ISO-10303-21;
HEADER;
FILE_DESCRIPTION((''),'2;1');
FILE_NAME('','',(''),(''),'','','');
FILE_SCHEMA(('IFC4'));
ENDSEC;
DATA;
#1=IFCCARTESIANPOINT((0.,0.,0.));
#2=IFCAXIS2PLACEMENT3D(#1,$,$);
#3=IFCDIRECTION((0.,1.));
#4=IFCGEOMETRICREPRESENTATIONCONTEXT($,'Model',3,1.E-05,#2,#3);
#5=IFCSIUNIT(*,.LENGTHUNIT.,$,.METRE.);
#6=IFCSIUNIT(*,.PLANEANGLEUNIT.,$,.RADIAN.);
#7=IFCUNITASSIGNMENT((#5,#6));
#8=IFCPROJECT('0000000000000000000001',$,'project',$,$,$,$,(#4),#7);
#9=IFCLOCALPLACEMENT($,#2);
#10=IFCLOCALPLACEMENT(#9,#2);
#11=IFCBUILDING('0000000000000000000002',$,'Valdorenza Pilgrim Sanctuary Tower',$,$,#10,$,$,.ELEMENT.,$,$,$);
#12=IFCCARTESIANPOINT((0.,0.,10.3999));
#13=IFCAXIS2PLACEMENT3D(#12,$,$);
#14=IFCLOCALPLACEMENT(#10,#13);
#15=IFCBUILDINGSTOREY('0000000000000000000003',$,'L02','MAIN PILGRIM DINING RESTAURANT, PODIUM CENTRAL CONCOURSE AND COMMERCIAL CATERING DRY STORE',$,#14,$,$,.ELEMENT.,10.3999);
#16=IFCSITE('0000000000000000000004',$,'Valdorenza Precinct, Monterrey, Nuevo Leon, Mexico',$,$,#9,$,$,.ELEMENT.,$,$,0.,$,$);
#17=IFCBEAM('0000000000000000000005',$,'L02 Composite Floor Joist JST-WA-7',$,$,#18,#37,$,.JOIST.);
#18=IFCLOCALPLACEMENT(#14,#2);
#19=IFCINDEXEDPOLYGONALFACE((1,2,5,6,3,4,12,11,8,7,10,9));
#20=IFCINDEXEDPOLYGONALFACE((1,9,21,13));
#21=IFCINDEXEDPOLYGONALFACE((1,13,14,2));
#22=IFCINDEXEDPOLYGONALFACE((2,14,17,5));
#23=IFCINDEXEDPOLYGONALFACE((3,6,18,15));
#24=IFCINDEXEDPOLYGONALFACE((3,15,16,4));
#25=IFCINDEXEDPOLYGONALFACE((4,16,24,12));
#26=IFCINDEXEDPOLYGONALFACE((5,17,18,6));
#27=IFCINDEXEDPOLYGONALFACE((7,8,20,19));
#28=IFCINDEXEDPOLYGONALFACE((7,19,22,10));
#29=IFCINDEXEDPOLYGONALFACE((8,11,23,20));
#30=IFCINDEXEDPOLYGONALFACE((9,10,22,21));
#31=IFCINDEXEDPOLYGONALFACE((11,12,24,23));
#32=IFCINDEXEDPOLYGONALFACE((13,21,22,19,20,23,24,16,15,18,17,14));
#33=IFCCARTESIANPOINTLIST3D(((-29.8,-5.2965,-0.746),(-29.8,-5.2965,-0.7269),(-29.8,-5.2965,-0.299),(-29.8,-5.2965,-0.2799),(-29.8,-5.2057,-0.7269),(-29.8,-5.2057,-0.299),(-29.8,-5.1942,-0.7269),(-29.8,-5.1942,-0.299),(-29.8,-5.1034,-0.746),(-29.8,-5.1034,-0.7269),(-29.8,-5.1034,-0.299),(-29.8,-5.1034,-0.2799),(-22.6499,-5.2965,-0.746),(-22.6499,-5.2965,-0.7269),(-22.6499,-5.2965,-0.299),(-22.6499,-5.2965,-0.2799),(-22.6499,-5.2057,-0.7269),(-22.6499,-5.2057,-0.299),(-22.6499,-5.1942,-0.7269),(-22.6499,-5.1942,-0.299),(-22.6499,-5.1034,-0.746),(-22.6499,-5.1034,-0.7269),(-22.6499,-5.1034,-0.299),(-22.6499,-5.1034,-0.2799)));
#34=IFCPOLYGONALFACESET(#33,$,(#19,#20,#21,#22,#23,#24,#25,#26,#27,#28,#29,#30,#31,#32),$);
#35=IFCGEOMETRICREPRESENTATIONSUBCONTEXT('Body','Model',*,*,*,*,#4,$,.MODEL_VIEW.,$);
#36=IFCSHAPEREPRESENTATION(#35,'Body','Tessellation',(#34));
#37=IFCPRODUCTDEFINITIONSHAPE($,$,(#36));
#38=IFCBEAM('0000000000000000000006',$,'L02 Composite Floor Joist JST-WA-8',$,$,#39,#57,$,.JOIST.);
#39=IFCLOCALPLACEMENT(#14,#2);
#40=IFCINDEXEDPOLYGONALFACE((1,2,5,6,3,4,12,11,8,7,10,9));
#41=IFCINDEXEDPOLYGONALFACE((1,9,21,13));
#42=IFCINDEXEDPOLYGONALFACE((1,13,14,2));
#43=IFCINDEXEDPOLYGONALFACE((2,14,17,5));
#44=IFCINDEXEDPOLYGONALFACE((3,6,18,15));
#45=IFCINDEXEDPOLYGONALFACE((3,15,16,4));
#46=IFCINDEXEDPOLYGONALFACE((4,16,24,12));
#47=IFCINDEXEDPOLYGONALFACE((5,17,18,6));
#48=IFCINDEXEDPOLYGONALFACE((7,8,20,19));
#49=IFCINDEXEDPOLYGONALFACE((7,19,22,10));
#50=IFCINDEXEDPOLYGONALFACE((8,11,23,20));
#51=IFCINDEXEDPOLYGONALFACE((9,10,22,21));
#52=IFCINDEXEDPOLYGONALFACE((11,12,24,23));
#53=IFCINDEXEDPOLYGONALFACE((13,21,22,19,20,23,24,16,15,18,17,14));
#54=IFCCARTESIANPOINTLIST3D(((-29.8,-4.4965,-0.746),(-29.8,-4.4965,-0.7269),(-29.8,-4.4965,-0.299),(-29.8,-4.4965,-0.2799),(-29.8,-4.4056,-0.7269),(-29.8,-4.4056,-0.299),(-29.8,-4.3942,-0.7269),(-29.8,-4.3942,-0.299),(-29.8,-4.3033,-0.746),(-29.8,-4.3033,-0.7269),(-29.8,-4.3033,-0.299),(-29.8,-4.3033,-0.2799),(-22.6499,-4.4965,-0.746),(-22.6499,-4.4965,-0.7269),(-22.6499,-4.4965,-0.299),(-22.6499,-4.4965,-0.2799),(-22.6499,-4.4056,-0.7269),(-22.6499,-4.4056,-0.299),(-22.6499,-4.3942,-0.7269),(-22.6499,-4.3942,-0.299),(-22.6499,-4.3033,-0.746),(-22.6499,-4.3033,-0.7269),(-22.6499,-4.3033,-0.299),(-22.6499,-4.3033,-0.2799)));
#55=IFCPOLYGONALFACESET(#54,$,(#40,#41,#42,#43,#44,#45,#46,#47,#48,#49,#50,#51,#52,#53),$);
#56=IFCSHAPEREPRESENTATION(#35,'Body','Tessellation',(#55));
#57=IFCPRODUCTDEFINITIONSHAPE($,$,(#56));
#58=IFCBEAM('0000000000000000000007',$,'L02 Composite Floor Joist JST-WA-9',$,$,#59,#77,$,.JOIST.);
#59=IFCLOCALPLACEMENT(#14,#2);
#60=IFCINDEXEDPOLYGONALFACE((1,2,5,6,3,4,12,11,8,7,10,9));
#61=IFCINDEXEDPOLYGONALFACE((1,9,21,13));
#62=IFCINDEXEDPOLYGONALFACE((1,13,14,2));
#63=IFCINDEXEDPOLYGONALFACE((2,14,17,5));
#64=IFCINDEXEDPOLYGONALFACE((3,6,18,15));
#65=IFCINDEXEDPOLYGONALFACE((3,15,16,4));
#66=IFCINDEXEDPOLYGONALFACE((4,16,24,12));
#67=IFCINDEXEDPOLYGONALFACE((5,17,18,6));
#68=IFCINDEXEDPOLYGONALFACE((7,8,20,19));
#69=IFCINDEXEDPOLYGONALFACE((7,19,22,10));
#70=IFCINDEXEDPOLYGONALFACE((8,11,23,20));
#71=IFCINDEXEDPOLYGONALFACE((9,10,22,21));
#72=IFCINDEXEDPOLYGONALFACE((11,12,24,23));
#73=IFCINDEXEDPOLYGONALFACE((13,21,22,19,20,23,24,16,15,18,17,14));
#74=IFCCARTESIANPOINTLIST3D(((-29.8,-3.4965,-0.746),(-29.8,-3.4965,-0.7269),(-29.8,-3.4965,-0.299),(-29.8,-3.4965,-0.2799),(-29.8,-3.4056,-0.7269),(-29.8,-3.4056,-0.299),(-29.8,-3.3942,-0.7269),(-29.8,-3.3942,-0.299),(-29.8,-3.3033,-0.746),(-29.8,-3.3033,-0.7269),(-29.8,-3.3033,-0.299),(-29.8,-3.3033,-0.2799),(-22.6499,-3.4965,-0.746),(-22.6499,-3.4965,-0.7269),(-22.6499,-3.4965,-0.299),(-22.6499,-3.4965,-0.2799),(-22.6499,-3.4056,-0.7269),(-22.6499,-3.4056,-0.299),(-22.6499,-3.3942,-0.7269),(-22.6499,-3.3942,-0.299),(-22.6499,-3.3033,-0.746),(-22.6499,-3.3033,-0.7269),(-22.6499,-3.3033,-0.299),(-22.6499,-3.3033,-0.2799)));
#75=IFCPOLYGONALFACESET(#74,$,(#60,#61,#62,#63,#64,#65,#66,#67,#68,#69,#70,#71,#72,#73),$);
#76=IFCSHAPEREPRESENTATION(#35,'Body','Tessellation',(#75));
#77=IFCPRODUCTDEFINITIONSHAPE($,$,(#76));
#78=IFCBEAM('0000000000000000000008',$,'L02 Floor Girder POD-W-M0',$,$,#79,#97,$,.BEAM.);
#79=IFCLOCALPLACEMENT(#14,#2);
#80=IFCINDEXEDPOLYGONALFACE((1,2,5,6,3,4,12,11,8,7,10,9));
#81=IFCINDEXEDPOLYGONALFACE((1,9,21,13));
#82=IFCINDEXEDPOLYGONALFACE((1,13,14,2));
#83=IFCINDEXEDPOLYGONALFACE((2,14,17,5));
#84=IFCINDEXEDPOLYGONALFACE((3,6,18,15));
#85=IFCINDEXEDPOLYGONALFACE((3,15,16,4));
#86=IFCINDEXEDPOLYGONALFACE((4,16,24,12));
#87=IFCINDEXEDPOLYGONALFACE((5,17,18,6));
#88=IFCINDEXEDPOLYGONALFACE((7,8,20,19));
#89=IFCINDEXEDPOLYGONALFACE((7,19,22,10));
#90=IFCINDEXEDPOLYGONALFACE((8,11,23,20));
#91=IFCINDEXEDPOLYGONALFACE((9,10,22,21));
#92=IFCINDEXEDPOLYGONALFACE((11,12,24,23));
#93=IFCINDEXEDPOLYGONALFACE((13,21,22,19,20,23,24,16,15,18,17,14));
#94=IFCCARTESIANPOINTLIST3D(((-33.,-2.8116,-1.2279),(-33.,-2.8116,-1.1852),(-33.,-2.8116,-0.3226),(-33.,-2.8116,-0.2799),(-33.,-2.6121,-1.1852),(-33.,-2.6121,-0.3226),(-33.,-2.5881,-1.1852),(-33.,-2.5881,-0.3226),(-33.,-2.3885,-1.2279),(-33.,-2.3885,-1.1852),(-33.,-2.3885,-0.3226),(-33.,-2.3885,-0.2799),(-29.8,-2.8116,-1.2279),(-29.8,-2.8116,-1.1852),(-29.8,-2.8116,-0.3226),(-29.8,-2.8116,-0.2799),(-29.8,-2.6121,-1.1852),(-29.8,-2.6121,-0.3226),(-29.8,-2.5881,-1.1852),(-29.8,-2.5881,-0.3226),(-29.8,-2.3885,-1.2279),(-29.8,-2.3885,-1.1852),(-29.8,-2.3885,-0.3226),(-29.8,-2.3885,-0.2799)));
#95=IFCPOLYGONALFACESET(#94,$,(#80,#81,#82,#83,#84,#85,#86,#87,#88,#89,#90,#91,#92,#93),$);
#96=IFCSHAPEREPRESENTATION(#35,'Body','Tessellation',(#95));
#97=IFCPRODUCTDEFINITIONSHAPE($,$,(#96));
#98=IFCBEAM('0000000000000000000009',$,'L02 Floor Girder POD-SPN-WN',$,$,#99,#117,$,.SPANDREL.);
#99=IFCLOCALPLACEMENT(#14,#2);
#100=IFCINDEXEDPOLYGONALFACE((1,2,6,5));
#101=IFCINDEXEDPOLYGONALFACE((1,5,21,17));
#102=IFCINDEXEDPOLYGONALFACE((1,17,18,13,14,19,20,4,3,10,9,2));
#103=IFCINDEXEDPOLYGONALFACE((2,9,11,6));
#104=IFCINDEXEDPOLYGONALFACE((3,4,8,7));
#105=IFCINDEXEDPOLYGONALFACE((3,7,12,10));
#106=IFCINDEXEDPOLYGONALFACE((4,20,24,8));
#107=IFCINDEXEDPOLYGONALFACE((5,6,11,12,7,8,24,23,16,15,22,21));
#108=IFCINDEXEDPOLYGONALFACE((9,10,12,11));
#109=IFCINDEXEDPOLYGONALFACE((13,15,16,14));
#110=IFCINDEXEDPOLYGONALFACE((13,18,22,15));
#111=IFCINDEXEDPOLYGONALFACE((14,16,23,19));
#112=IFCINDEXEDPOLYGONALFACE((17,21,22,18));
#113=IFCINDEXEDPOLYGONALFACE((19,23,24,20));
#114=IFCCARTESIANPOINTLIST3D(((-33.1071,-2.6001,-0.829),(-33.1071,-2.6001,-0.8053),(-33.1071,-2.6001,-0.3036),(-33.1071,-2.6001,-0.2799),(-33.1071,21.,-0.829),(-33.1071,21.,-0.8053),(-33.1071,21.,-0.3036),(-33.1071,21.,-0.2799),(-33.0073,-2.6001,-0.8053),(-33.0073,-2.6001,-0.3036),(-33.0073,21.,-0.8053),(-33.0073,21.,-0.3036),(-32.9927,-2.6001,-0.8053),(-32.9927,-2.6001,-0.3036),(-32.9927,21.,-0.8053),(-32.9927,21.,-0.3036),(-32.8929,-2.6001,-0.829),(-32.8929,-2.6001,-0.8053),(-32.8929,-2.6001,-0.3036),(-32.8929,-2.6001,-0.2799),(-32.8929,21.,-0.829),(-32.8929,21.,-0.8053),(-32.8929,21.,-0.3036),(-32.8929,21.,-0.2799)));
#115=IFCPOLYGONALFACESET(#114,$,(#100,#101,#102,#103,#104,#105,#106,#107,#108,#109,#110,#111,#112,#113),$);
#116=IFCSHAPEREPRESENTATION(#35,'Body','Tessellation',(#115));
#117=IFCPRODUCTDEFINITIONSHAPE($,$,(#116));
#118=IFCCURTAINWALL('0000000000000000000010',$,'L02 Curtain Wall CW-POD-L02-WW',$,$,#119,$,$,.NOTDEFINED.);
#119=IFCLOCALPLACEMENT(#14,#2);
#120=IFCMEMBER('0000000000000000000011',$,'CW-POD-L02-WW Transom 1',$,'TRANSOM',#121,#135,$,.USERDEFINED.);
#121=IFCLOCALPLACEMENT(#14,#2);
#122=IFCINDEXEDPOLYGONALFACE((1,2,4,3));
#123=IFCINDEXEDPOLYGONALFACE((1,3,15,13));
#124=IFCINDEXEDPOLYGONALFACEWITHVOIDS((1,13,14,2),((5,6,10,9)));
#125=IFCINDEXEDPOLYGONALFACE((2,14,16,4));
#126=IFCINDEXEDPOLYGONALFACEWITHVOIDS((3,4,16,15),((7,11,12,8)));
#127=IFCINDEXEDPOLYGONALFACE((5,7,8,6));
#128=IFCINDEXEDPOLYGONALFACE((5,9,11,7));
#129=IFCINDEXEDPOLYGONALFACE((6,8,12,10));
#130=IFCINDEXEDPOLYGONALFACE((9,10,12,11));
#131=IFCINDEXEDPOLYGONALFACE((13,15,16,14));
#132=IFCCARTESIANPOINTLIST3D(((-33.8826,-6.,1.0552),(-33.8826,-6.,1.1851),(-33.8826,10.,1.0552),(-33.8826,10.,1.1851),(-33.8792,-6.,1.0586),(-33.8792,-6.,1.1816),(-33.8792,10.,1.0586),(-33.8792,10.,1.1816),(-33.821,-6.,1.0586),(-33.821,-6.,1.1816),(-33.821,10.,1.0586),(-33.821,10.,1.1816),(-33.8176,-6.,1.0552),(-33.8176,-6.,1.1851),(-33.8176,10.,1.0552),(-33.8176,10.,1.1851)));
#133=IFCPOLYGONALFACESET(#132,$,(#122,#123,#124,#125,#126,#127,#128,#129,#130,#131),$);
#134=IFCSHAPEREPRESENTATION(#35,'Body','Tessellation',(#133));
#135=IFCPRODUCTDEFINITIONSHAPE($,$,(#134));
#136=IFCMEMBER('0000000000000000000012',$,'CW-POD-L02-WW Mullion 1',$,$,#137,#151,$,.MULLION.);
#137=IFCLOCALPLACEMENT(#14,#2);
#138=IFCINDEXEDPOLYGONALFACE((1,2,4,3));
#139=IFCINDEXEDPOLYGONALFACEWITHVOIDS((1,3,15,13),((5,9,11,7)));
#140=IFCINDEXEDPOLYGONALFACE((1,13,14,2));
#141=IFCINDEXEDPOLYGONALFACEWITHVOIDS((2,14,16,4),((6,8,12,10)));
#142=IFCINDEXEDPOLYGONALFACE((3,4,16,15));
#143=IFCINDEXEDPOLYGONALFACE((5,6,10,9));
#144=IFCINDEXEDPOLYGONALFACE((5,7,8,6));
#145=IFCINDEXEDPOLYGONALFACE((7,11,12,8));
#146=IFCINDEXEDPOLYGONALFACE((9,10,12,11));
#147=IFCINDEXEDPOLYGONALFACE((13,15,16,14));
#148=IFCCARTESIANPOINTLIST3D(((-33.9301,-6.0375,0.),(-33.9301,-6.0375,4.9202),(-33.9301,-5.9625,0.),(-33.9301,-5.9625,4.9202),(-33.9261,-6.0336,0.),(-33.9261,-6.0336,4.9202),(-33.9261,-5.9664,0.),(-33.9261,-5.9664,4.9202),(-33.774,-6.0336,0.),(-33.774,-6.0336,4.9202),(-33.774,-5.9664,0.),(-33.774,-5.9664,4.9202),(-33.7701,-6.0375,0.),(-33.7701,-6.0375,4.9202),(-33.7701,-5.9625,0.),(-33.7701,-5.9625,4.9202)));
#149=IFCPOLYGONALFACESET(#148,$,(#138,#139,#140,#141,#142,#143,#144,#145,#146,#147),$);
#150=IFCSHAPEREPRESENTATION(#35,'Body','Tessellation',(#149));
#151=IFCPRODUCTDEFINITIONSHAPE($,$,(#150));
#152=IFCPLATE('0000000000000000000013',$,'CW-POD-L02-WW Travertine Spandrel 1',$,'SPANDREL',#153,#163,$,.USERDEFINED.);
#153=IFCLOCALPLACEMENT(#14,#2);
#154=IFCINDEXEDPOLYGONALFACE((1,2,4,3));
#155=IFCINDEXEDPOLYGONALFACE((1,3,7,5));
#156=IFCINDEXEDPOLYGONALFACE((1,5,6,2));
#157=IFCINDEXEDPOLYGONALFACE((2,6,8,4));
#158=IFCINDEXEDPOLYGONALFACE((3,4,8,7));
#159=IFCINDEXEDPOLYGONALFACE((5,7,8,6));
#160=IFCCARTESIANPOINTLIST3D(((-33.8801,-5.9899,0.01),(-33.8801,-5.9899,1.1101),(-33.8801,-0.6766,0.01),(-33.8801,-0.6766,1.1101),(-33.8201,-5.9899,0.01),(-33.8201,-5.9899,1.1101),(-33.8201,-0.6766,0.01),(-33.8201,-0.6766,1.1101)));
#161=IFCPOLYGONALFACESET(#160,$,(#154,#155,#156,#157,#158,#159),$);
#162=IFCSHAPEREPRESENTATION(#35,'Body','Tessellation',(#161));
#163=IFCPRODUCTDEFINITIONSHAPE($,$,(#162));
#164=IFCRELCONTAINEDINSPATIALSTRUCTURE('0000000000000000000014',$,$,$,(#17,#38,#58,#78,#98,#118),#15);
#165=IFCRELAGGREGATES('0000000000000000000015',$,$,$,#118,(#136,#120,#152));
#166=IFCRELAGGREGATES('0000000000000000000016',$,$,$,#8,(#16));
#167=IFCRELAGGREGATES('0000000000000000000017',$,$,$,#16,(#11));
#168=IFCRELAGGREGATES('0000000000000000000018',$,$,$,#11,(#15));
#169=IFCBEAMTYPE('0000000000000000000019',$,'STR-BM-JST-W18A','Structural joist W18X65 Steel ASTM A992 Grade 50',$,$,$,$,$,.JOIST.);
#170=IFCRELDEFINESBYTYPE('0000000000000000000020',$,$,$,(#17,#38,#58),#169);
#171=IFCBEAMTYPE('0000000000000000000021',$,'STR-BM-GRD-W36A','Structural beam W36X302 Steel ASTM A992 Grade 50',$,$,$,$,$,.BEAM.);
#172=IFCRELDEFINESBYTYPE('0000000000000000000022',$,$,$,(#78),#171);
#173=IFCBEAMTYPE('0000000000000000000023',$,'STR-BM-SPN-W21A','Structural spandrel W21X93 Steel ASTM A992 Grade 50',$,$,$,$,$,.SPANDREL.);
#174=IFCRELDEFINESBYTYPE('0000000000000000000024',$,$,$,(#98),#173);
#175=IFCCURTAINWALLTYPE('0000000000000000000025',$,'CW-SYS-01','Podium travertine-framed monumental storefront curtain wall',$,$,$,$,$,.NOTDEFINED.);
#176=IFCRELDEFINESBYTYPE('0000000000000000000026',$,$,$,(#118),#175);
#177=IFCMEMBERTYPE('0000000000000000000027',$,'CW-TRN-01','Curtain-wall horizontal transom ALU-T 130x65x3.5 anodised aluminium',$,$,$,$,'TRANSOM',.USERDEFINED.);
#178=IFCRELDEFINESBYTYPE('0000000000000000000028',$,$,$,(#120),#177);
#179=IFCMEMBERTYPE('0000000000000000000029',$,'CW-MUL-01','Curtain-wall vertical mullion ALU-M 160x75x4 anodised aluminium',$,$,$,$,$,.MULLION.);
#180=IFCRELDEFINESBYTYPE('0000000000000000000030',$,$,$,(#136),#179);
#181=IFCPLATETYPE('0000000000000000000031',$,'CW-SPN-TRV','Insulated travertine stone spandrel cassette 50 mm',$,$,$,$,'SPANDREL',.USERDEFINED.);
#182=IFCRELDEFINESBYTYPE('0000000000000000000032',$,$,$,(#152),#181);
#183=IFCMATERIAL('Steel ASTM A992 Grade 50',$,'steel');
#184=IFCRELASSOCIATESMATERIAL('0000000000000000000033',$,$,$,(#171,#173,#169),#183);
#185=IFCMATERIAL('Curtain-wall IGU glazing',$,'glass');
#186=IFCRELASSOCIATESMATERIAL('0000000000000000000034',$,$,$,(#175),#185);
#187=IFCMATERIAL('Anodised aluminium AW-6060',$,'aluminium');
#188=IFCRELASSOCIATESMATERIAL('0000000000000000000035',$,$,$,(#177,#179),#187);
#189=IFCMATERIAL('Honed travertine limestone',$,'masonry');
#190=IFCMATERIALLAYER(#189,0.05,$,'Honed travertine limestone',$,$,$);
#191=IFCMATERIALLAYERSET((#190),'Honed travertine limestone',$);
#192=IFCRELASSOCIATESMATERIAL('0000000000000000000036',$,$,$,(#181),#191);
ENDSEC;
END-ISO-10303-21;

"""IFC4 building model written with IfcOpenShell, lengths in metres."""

from ifc_helpers import new_model, si_unit, direction, frame, origin, origin_2d, place, context, subcontext, project, spatial, rectangle, hollow_rectangle, i_section, extrude, source, transform, mapped, material, layer, layer_set, material_profile, profile_set, type_object, element, aggregate, save


model = new_model("IFC4")

# Units and contexts
model_context = context("Model", 3, precision=1e-05, world=origin(), true_north=direction((0.0, 1.0)))
body_context = subcontext(model_context, "Body", "Model", "MODEL_VIEW")
ifc_project = project(units=[si_unit("LENGTHUNIT", "METRE"), si_unit("PLANEANGLEUNIT", "RADIAN")], contexts=[model_context])

# Site, building, storey
site_placement = place(None, origin())
site = spatial("IfcSite", under=ifc_project, at=site_placement, Name="Valdorenza Precinct, Monterrey, Nuevo Leon, Mexico", CompositionType="ELEMENT", RefElevation=0.0)
building_placement = place(site_placement, origin())
building = spatial("IfcBuilding", under=site, at=building_placement, Name="Valdorenza Pilgrim Sanctuary Tower", CompositionType="ELEMENT")
storey_placement = place(building_placement, frame((0.0, 0.0, 10.3999)))
storey = spatial("IfcBuildingStorey", under=building, at=storey_placement, Name="L02", Description="MAIN PILGRIM DINING RESTAURANT, PODIUM CENTRAL CONCOURSE AND COMMERCIAL CATERING DRY STORE", CompositionType="ELEMENT", Elevation=10.3999)

# Beams
ifc_material_1 = material(Name="Steel ASTM A992 Grade 50", Category="steel")
ifc_material_profile_1 = material_profile(ifc_material_1, i_section(OverallWidth=0.4231, OverallDepth=0.948, WebThickness=0.0239, FlangeThickness=0.0427, at=origin_2d()), Name="W36X302")
ifc_profile_set_1 = profile_set([ifc_material_profile_1], Name="Steel ASTM A992 Grade 50")
beam_type_1 = type_object("IfcBeamType", Name="STR-BM-GRD-W36A", Description="Structural beam W36X302 Steel ASTM A992 Grade 50", PredefinedType="BEAM", material=ifc_profile_set_1)
ifc_material_profile_2 = material_profile(ifc_material_1, i_section(OverallWidth=0.2141, OverallDepth=0.5491, WebThickness=0.0146, FlangeThickness=0.0237, at=origin_2d()), Name="W21X93")
ifc_profile_set_2 = profile_set([ifc_material_profile_2], Name="Steel ASTM A992 Grade 50")
beam_type_2 = type_object("IfcBeamType", Name="STR-BM-SPN-W21A", Description="Structural spandrel W21X93 Steel ASTM A992 Grade 50", PredefinedType="SPANDREL", material=ifc_profile_set_2)
ifc_material_profile_3 = material_profile(ifc_material_1, i_section(OverallWidth=0.1931, OverallDepth=0.4661, WebThickness=0.0115, FlangeThickness=0.019, at=origin_2d()), Name="W18X65")
ifc_profile_set_3 = profile_set([ifc_material_profile_3], Name="Steel ASTM A992 Grade 50")
beam_type_3 = type_object("IfcBeamType", Name="STR-BM-JST-W18A", Description="Structural joist W18X65 Steel ASTM A992 Grade 50", PredefinedType="JOIST", material=ifc_profile_set_3)
shared_shape_1 = source(origin(), body_context, "Body", "SweptSolid", [
    extrude(i_section(OverallWidth=0.1931, OverallDepth=0.4661, WebThickness=0.0115, FlangeThickness=0.019, at=origin_2d()), origin(), (0.0, 0.0, 1.0), 7.1501),
])
for number, where, z_axis, x_axis, name in (
    (1, (-29.8, -5.2, -0.5129), (1.0, 0.0, 0.0), (0.0, 1.0, 0.0), "L02 Composite Floor Joist JST-WA-7"),
    (2, (-29.8, -4.3999, -0.5129), (1.0, 0.0, 0.0), (0.0, 1.0, 0.0), "L02 Composite Floor Joist JST-WA-8"),
    (3, (-29.8, -3.3999, -0.5129), (1.0, 0.0, 0.0), (0.0, 1.0, 0.0), "L02 Composite Floor Joist JST-WA-9"),
):
    element("IfcBeam", number, at=place(storey_placement, frame(where, z_axis=z_axis, x_axis=x_axis)), inside=storey, type_object=beam_type_3, Name=name, PredefinedType="JOIST", context=body_context, shape_type="MappedRepresentation", body=[
        mapped(shared_shape_1, transform((0.0, 0.0, 0.0), x_axis=(1.0, 0.0, 0.0), y_axis=(0.0, 1.0, 0.0), z_axis=(0.0, 0.0, 1.0), scale=1.0)),
    ])
shared_shape_2 = source(origin(), body_context, "Body", "SweptSolid", [
    extrude(i_section(OverallWidth=0.4231, OverallDepth=0.948, WebThickness=0.0239, FlangeThickness=0.0427, at=origin_2d()), origin(), (0.0, 0.0, 1.0), 3.2),
])
beam_1_placement = place(storey_placement, frame((-33.0, -2.6001, -0.7539), z_axis=(1.0, 0.0, 0.0), x_axis=(0.0, 1.0, 0.0)))
element("IfcBeam", 4, at=beam_1_placement, inside=storey, type_object=beam_type_1, Name="L02 Floor Girder POD-W-M0", PredefinedType="BEAM", context=body_context, shape_type="MappedRepresentation", body=[
    mapped(shared_shape_2, transform((0.0, 0.0, 0.0), x_axis=(1.0, 0.0, 0.0), y_axis=(0.0, 1.0, 0.0), z_axis=(0.0, 0.0, 1.0), scale=1.0)),
])
shared_shape_3 = source(origin(), body_context, "Body", "SweptSolid", [
    extrude(i_section(OverallWidth=0.2141, OverallDepth=0.5491, WebThickness=0.0146, FlangeThickness=0.0237, at=origin_2d()), origin(), (0.0, 0.0, 1.0), 23.6001),
])
beam_2_placement = place(storey_placement, frame((-33.0, -2.6001, -0.5544), z_axis=(0.0, 1.0, 0.0), x_axis=(-1.0, 0.0, 0.0)))
element("IfcBeam", 5, at=beam_2_placement, inside=storey, type_object=beam_type_2, Name="L02 Floor Girder POD-SPN-WN", PredefinedType="SPANDREL", context=body_context, shape_type="MappedRepresentation", body=[
    mapped(shared_shape_3, transform((0.0, 0.0, 0.0), x_axis=(1.0, 0.0, 0.0), y_axis=(0.0, 1.0, 0.0), z_axis=(0.0, 0.0, 1.0), scale=1.0)),
])

# Curtain wall, members, plate
ifc_material_2 = material(Name="Curtain-wall IGU glazing", Category="glass")
curtain_wall_type = type_object("IfcCurtainWallType", Name="CW-SYS-01", Description="Podium travertine-framed monumental storefront curtain wall", PredefinedType="NOTDEFINED", material=ifc_material_2)
curtain_wall_placement = place(storey_placement, origin())
curtain_wall = element("IfcCurtainWall", 6, at=curtain_wall_placement, inside=storey, type_object=curtain_wall_type, Name="L02 Curtain Wall CW-POD-L02-WW", PredefinedType="NOTDEFINED")
ifc_material_3 = material(Name="Anodised aluminium AW-6060", Category="aluminium")
ifc_material_profile_4 = material_profile(ifc_material_3, hollow_rectangle(XDim=0.0649, YDim=0.1299, WallThickness=0.0034, at=origin_2d()), Name="ALU-T 130x65x3.5")
ifc_profile_set_4 = profile_set([ifc_material_profile_4], Name="Anodised aluminium AW-6060")
member_type_1 = type_object("IfcMemberType", Name="CW-TRN-01", Description="Curtain-wall horizontal transom ALU-T 130x65x3.5 anodised aluminium", ElementType="TRANSOM", PredefinedType="USERDEFINED", material=ifc_profile_set_4)
shared_shape_4 = source(origin(), body_context, "Body", "SweptSolid", [
    extrude(hollow_rectangle(XDim=0.0649, YDim=0.1299, WallThickness=0.0034, at=origin_2d()), origin(), (0.0, 0.0, 1.0), 16.0),
])
member_1_placement = place(storey_placement, frame((-33.8501, -6.0, 1.1201), z_axis=(0.0, 1.0, 0.0), x_axis=(-1.0, 0.0, 0.0)))
member_1 = element("IfcMember", 7, at=member_1_placement, type_object=member_type_1, Name="CW-POD-L02-WW Transom 1", ObjectType="TRANSOM", PredefinedType="USERDEFINED", context=body_context, shape_type="MappedRepresentation", body=[
    mapped(shared_shape_4, transform((0.0, 0.0, 0.0), x_axis=(1.0, 0.0, 0.0), y_axis=(0.0, 1.0, 0.0), z_axis=(0.0, 0.0, 1.0), scale=1.0)),
])
ifc_material_profile_5 = material_profile(ifc_material_3, hollow_rectangle(XDim=0.075, YDim=0.1599, WallThickness=0.0039, at=origin_2d()), Name="ALU-M 160x75x4")
ifc_profile_set_5 = profile_set([ifc_material_profile_5], Name="Anodised aluminium AW-6060")
member_type_2 = type_object("IfcMemberType", Name="CW-MUL-01", Description="Curtain-wall vertical mullion ALU-M 160x75x4 anodised aluminium", PredefinedType="MULLION", material=ifc_profile_set_5)
shared_shape_5 = source(origin(), body_context, "Body", "SweptSolid", [
    extrude(hollow_rectangle(XDim=0.075, YDim=0.1599, WallThickness=0.0039, at=origin_2d()), origin(), (0.0, 0.0, 1.0), 4.9202),
])
member_2_placement = place(storey_placement, frame((-33.8501, -6.0, 0.0), z_axis=(0.0, 0.0, 1.0), x_axis=(0.0, 1.0, 0.0)))
member_2 = element("IfcMember", 8, at=member_2_placement, type_object=member_type_2, Name="CW-POD-L02-WW Mullion 1", PredefinedType="MULLION", context=body_context, shape_type="MappedRepresentation", body=[
    mapped(shared_shape_5, transform((0.0, 0.0, 0.0), x_axis=(1.0, 0.0, 0.0), y_axis=(0.0, 1.0, 0.0), z_axis=(0.0, 0.0, 1.0), scale=1.0)),
])
ifc_material_4 = material(Name="Honed travertine limestone", Category="masonry")
ifc_layer_1 = layer(ifc_material_4, 0.05, Name="Honed travertine limestone")
ifc_layer_set_1 = layer_set([ifc_layer_1], Name="Honed travertine limestone")
plate_type_1 = type_object("IfcPlateType", Name="CW-SPN-TRV", Description="Insulated travertine stone spandrel cassette 50 mm", ElementType="SPANDREL", PredefinedType="USERDEFINED", material=ifc_layer_set_1)
shared_shape_6 = source(origin(), body_context, "Body", "SweptSolid", [
    extrude(rectangle(XDim=5.3132, YDim=0.0601, at=origin_2d()), origin(), (0.0, 0.0, 1.0), 1.1001),
])
plate_1_placement = place(storey_placement, frame((-33.8501, -3.3333, 0.01), z_axis=(0.0, 0.0, 1.0), x_axis=(0.0, 1.0, 0.0)))
plate_1 = element("IfcPlate", 9, at=plate_1_placement, type_object=plate_type_1, Name="CW-POD-L02-WW Travertine Spandrel 1", ObjectType="SPANDREL", PredefinedType="USERDEFINED", context=body_context, shape_type="MappedRepresentation", body=[
    mapped(shared_shape_6, transform((0.0, 0.0, 0.0), x_axis=(1.0, 0.0, 0.0), y_axis=(0.0, 1.0, 0.0), z_axis=(0.0, 0.0, 1.0), scale=1.0)),
])
aggregate(curtain_wall, [member_2, member_1, plate_1])

save(model, "model.ifc")
